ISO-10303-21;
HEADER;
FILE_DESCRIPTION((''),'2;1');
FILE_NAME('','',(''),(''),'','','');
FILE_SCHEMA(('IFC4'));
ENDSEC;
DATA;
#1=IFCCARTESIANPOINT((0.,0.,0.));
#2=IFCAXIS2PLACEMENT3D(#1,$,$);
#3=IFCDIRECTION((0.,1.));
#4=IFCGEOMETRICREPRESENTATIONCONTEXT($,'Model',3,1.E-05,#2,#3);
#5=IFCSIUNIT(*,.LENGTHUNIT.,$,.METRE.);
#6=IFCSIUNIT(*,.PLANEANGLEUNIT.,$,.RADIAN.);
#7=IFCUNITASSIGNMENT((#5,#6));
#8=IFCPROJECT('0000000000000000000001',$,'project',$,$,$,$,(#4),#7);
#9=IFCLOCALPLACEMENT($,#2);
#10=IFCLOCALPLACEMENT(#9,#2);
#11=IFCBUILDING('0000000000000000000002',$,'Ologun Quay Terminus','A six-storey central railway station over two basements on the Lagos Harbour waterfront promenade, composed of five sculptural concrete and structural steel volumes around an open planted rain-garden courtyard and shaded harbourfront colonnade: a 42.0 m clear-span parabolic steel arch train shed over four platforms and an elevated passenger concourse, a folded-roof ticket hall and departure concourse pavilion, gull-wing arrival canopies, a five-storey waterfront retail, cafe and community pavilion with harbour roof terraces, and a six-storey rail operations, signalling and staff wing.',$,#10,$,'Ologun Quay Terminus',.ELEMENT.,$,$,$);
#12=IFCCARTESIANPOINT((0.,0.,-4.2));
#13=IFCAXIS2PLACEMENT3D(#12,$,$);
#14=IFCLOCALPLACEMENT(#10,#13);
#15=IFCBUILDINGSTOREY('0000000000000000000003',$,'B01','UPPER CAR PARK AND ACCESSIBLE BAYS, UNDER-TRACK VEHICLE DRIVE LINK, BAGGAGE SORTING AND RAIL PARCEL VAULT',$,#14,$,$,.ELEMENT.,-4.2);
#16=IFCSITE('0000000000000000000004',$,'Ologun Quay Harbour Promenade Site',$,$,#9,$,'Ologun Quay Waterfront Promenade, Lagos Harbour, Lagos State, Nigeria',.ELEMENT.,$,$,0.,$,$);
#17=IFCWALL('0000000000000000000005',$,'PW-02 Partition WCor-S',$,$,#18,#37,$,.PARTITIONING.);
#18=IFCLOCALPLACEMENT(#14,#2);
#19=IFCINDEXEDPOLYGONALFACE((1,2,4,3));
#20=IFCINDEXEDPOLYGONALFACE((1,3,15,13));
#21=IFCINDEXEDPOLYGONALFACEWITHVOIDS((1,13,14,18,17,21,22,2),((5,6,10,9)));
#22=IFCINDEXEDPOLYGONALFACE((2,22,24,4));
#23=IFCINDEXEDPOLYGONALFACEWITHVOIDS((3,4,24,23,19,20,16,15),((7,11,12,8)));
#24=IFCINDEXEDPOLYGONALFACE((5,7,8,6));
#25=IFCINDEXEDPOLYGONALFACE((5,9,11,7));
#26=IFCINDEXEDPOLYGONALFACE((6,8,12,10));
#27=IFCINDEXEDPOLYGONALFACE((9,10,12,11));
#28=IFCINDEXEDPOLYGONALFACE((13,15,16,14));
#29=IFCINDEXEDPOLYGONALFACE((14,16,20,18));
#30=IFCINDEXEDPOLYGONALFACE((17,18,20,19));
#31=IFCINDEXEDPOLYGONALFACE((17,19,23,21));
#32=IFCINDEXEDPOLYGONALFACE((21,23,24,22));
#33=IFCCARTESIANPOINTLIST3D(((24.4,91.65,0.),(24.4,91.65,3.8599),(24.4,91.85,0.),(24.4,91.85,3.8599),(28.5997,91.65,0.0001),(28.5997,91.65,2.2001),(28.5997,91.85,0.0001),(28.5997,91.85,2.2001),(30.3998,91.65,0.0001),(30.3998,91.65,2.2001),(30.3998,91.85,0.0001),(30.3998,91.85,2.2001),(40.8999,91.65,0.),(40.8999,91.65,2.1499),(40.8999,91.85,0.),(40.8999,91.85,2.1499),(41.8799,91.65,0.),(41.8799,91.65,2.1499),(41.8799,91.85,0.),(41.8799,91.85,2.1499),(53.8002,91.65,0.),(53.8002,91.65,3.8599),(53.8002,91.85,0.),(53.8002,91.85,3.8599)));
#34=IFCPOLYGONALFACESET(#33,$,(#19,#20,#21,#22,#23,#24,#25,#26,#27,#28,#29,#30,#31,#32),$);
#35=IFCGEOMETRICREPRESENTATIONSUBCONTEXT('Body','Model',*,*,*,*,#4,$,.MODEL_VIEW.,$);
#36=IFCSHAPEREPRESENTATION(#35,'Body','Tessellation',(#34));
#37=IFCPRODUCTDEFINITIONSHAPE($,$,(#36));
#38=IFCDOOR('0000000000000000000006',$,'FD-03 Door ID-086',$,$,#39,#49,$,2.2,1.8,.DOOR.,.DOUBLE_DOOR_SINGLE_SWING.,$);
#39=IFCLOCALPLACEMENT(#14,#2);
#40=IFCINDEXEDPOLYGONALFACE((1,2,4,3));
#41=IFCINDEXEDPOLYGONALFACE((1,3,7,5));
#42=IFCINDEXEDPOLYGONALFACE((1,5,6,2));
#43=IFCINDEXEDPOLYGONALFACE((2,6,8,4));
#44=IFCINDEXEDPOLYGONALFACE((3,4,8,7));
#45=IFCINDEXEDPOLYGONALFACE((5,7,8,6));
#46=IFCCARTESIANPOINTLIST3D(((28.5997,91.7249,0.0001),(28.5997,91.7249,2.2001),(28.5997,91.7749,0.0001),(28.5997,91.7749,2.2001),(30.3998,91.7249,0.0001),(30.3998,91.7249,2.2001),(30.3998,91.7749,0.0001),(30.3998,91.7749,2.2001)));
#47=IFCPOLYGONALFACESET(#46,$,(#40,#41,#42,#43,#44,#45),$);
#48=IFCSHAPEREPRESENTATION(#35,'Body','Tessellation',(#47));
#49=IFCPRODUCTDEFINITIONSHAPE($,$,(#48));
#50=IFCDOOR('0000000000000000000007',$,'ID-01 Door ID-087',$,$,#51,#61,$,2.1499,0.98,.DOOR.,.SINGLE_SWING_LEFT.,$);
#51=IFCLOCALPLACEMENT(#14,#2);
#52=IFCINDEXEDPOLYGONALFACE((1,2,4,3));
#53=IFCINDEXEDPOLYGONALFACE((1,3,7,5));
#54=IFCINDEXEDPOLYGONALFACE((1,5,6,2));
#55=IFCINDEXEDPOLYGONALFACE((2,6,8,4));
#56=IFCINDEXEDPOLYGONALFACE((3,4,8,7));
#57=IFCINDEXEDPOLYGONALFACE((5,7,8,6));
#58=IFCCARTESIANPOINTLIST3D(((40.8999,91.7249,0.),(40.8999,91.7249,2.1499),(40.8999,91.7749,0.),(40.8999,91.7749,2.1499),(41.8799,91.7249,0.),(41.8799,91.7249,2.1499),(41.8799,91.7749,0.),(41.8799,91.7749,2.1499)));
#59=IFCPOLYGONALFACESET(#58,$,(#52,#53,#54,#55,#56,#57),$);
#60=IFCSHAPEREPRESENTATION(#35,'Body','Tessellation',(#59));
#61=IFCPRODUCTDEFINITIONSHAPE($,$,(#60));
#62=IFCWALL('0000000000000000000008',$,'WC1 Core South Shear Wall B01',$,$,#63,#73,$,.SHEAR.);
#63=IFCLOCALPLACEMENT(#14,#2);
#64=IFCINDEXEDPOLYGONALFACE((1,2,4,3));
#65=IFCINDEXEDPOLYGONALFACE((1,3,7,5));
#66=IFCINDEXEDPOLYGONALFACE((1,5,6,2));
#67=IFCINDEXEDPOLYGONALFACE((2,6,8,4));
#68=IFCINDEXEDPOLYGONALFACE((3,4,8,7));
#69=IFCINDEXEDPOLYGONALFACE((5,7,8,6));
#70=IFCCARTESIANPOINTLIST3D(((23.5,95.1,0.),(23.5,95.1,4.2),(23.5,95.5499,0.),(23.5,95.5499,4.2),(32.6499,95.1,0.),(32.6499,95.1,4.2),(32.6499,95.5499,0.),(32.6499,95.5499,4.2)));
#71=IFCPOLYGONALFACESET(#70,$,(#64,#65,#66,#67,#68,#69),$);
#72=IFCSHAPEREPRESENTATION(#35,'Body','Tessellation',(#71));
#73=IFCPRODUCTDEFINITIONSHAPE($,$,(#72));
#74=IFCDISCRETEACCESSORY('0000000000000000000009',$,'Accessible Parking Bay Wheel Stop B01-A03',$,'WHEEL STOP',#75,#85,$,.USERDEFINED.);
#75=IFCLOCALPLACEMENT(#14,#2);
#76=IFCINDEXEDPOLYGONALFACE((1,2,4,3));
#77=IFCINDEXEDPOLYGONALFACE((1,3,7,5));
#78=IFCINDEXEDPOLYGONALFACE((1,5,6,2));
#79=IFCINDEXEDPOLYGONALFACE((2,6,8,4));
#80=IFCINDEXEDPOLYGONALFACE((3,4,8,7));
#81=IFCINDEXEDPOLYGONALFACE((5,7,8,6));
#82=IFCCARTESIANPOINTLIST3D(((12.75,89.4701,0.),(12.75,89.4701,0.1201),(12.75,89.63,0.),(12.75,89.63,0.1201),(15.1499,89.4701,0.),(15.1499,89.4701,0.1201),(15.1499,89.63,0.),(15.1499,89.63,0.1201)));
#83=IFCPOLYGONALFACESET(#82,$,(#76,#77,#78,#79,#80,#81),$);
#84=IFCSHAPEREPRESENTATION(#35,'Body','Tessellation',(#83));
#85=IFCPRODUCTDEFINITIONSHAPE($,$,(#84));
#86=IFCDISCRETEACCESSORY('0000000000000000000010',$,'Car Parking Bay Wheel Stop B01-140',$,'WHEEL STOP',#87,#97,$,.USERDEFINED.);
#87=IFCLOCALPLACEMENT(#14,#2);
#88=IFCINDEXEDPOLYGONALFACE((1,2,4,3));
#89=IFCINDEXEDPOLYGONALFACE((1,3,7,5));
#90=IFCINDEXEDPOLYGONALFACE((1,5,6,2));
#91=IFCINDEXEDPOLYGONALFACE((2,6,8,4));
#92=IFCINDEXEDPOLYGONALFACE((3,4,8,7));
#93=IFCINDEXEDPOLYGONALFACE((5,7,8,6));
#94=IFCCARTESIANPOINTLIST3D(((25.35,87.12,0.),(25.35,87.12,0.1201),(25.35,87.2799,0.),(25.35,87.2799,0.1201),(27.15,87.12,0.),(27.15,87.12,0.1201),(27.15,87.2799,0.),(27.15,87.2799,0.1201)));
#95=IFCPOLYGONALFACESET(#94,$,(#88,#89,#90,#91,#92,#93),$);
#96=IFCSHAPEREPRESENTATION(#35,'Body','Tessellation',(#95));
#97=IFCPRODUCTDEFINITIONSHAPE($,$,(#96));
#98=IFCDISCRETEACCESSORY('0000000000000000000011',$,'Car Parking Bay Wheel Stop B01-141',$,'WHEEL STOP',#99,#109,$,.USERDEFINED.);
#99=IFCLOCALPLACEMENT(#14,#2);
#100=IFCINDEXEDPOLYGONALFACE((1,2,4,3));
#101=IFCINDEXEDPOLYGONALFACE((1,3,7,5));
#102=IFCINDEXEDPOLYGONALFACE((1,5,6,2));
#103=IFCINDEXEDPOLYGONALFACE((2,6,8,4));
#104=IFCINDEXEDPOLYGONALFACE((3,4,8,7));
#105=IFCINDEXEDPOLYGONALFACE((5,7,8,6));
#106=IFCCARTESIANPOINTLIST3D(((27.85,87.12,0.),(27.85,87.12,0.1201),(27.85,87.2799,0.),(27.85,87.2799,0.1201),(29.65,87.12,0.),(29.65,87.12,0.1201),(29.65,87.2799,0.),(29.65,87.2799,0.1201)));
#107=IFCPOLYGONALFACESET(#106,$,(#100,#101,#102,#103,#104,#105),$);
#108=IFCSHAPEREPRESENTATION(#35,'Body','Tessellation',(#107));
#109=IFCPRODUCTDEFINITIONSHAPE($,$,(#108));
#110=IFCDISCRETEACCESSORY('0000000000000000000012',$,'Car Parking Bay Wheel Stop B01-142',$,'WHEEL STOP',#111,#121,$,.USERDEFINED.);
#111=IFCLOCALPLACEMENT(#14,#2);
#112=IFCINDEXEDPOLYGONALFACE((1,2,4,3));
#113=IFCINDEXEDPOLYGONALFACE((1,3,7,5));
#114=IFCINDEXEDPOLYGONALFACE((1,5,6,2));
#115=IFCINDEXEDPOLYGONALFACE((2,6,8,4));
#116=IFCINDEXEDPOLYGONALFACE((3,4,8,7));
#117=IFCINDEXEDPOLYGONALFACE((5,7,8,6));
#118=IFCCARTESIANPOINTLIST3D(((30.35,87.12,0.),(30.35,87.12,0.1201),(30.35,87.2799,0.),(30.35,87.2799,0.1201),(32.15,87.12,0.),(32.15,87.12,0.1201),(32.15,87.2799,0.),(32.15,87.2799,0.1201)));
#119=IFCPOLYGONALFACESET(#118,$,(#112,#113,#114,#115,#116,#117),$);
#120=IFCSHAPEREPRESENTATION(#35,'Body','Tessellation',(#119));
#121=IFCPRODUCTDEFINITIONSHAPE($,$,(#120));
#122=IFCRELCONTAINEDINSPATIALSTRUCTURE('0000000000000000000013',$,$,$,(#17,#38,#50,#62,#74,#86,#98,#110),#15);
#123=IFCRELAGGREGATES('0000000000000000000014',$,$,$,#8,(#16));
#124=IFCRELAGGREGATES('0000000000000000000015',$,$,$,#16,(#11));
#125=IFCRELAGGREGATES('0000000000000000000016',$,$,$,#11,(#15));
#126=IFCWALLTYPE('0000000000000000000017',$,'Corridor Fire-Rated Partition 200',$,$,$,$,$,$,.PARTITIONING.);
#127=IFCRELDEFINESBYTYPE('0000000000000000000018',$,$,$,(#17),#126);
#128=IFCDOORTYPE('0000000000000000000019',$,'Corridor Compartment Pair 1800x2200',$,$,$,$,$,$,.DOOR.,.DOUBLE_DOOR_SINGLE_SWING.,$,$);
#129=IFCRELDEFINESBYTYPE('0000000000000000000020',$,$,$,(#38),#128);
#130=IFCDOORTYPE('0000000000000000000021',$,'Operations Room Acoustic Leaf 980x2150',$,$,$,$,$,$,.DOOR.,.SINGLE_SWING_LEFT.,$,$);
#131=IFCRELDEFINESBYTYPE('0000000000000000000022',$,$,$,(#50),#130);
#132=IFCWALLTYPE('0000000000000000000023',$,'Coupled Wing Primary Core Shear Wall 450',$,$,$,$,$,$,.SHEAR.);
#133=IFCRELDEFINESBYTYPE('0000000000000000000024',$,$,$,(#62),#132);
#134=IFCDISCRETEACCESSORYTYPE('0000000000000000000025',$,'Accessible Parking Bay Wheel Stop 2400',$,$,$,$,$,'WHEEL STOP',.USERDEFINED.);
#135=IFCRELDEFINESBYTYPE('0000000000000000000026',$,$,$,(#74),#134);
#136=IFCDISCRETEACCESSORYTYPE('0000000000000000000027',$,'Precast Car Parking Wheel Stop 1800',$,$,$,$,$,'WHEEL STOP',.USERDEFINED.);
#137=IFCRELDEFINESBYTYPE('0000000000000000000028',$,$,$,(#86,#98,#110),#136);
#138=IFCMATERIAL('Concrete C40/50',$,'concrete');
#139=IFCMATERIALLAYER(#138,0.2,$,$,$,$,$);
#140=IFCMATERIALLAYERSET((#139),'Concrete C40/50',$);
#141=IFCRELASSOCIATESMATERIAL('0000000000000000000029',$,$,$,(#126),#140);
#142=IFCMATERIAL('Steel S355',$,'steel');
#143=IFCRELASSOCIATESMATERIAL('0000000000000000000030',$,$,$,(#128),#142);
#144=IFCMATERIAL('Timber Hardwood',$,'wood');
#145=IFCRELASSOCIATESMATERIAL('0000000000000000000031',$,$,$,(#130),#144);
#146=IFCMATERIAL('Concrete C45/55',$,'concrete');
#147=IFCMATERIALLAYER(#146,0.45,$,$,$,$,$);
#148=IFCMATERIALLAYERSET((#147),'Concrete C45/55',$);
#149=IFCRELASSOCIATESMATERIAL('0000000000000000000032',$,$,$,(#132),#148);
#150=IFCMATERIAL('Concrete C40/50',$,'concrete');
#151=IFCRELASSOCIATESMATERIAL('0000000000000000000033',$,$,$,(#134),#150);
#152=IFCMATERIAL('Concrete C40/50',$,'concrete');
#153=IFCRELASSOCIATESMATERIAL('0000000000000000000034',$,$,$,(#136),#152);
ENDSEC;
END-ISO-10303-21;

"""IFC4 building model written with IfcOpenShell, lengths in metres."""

from ifc_helpers import new_model, si_unit, direction, frame, frame_2d, origin, origin_2d, place, context, subcontext, project, spatial, rectangle, extrude, material, layer, layer_set, type_object, element, fill, save


model = new_model("IFC4")

# Units and contexts
model_context = context("Model", 3, precision=1e-05, world=origin(), true_north=direction((0.0, 1.0)))
body_context = subcontext(model_context, "Body", "Model", "MODEL_VIEW")
ifc_project = project(units=[si_unit("LENGTHUNIT", "METRE"), si_unit("PLANEANGLEUNIT", "RADIAN")], contexts=[model_context])

# Site, building, storey
site_placement = place(None, origin())
site = spatial("IfcSite", under=ifc_project, at=site_placement, Name="Ologun Quay Harbour Promenade Site", LongName="Ologun Quay Waterfront Promenade, Lagos Harbour, Lagos State, Nigeria", CompositionType="ELEMENT", RefElevation=0.0)
building_placement = place(site_placement, origin())
building = spatial("IfcBuilding", under=site, at=building_placement, Name="Ologun Quay Terminus", Description="A six-storey central railway station over two basements on the Lagos Harbour waterfront promenade, composed of five sculptural concrete and structural steel volumes around an open planted rain-garden courtyard and shaded harbourfront colonnade: a 42.0 m clear-span parabolic steel arch train shed over four platforms and an elevated passenger concourse, a folded-roof ticket hall and departure concourse pavilion, gull-wing arrival canopies, a five-storey waterfront retail, cafe and community pavilion with harbour roof terraces, and a six-storey rail operations, signalling and staff wing.", LongName="Ologun Quay Terminus", CompositionType="ELEMENT")
storey_placement = place(building_placement, frame((0.0, 0.0, -4.2)))
storey = spatial("IfcBuildingStorey", under=building, at=storey_placement, Name="B01", Description="UPPER CAR PARK AND ACCESSIBLE BAYS, UNDER-TRACK VEHICLE DRIVE LINK, BAGGAGE SORTING AND RAIL PARCEL VAULT", CompositionType="ELEMENT", Elevation=-4.2)

# Wall, openings, doors
ifc_material_1 = material(Name="Concrete C40/50", Category="concrete")
ifc_layer_1 = layer(ifc_material_1, 0.2)
ifc_layer_set_1 = layer_set([ifc_layer_1], Name="Concrete C40/50")
wall_type_1 = type_object("IfcWallType", Name="Corridor Fire-Rated Partition 200", PredefinedType="PARTITIONING", material=ifc_layer_set_1)
wall_1_placement = place(storey_placement, frame((24.3999, 91.75, 0.0), z_axis=(0.0, 0.0, 1.0), x_axis=(1.0, 0.0, 0.0)))
wall_1 = element("IfcWall", 1, at=wall_1_placement, inside=storey, type_object=wall_type_1, Name="PW-02 Partition WCor-S", PredefinedType="PARTITIONING", context=body_context, shape_type="SweptSolid", body=[
    extrude(rectangle(XDim=29.4001, YDim=0.2, at=frame_2d((14.7002, 0.0))), origin(), (0.0, 0.0, 1.0), 3.8599),
])
opening_1_placement = place(wall_1_placement, frame((4.2, 0.0, 0.0)))
opening_1 = element("IfcOpeningElement", 2, at=opening_1_placement, cuts=wall_1, PredefinedType="OPENING", context=body_context, shape_type="SweptSolid", body=[
    extrude(rectangle(XDim=1.8, YDim=2.2, at=frame_2d((0.8999, 1.1001))), frame((0.0, 0.1099, 0.0), z_axis=(0.0, -1.0, 0.0), x_axis=(1.0, 0.0, 0.0)), (0.0, 0.0, 1.0), 0.22),
])
opening_2_placement = place(wall_1_placement, frame((16.5, 0.0, 0.0)))
opening_2 = element("IfcOpeningElement", 3, at=opening_2_placement, cuts=wall_1, PredefinedType="OPENING", context=body_context, shape_type="SweptSolid", body=[
    extrude(rectangle(XDim=0.98, YDim=2.1499, at=frame_2d((0.49, 1.075))), frame((0.0, 0.1099, 0.0), z_axis=(0.0, -1.0, 0.0), x_axis=(1.0, 0.0, 0.0)), (0.0, 0.0, 1.0), 0.22),
])
ifc_material_2 = material(Name="Steel S355", Category="steel")
door_type_1 = type_object("IfcDoorType", Name="Corridor Compartment Pair 1800x2200", OperationType="DOUBLE_DOOR_SINGLE_SWING", PredefinedType="DOOR", material=ifc_material_2)
door_1_placement = place(opening_1_placement, origin())
door_1 = element("IfcDoor", 4, at=door_1_placement, inside=storey, type_object=door_type_1, Name="FD-03 Door ID-086", OperationType="DOUBLE_DOOR_SINGLE_SWING", OverallHeight=2.2, OverallWidth=1.8, PredefinedType="DOOR", context=body_context, shape_type="SweptSolid", body=[
    extrude(rectangle(XDim=1.8, YDim=2.2, at=frame_2d((0.8999, 1.1001))), frame((0.0, 0.0249, 0.0), z_axis=(0.0, -1.0, 0.0), x_axis=(1.0, 0.0, 0.0)), (0.0, 0.0, 1.0), 0.05),
])
fill(opening_1, door_1)
ifc_material_3 = material(Name="Timber Hardwood", Category="wood")
door_type_2 = type_object("IfcDoorType", Name="Operations Room Acoustic Leaf 980x2150", OperationType="SINGLE_SWING_LEFT", PredefinedType="DOOR", material=ifc_material_3)
door_2_placement = place(opening_2_placement, origin())
door_2 = element("IfcDoor", 5, at=door_2_placement, inside=storey, type_object=door_type_2, Name="ID-01 Door ID-087", OperationType="SINGLE_SWING_LEFT", OverallHeight=2.1499, OverallWidth=0.98, PredefinedType="DOOR", context=body_context, shape_type="SweptSolid", body=[
    extrude(rectangle(XDim=0.98, YDim=2.1499, at=frame_2d((0.49, 1.075))), frame((0.0, 0.0249, 0.0), z_axis=(0.0, -1.0, 0.0), x_axis=(1.0, 0.0, 0.0)), (0.0, 0.0, 1.0), 0.05),
])
fill(opening_2, door_2)

# Wall
ifc_material_4 = material(Name="Concrete C45/55", Category="concrete")
ifc_layer_2 = layer(ifc_material_4, 0.45)
ifc_layer_set_2 = layer_set([ifc_layer_2], Name="Concrete C45/55")
wall_type_2 = type_object("IfcWallType", Name="Coupled Wing Primary Core Shear Wall 450", PredefinedType="SHEAR", material=ifc_layer_set_2)
wall_2_placement = place(storey_placement, frame((23.5, 95.325, 0.0), z_axis=(0.0, 0.0, 1.0), x_axis=(1.0, 0.0, 0.0)))
element("IfcWall", 6, at=wall_2_placement, inside=storey, type_object=wall_type_2, Name="WC1 Core South Shear Wall B01", PredefinedType="SHEAR", context=body_context, shape_type="SweptSolid", body=[
    extrude(rectangle(XDim=9.1499, YDim=0.45, at=frame_2d((4.575, 0.0))), origin(), (0.0, 0.0, 1.0), 4.2),
])

# Discrete accessories
ifc_material_5 = material(Name="Concrete C40/50", Category="concrete")
discrete_accessory_type_1 = type_object("IfcDiscreteAccessoryType", Name="Accessible Parking Bay Wheel Stop 2400", ElementType="WHEEL STOP", PredefinedType="USERDEFINED", material=ifc_material_5)
discrete_accessory_placement = place(storey_placement, frame((13.95, 89.55, 0.0), z_axis=(0.0, 0.0, 1.0), x_axis=(1.0, 0.0, 0.0)))
element("IfcDiscreteAccessory", 7, at=discrete_accessory_placement, inside=storey, type_object=discrete_accessory_type_1, Name="Accessible Parking Bay Wheel Stop B01-A03", ObjectType="WHEEL STOP", PredefinedType="USERDEFINED", context=body_context, shape_type="SweptSolid", body=[
    extrude(rectangle(XDim=2.3999, YDim=0.1599, at=origin_2d()), origin(), (0.0, 0.0, 1.0), 0.1201),
])
ifc_material_6 = material(Name="Concrete C40/50", Category="concrete")
discrete_accessory_type_2 = type_object("IfcDiscreteAccessoryType", Name="Precast Car Parking Wheel Stop 1800", ElementType="WHEEL STOP", PredefinedType="USERDEFINED", material=ifc_material_6)
for number, where, z_axis, x_axis, name in (
    (8, (26.25, 87.2, 0.0), (0.0, 0.0, 1.0), (1.0, 0.0, 0.0), "Car Parking Bay Wheel Stop B01-140"),
    (9, (28.75, 87.2, 0.0), (0.0, 0.0, 1.0), (1.0, 0.0, 0.0), "Car Parking Bay Wheel Stop B01-141"),
    (10, (31.25, 87.2, 0.0), (0.0, 0.0, 1.0), (1.0, 0.0, 0.0), "Car Parking Bay Wheel Stop B01-142"),
):
    element("IfcDiscreteAccessory", number, at=place(storey_placement, frame(where, z_axis=z_axis, x_axis=x_axis)), inside=storey, type_object=discrete_accessory_type_2, Name=name, ObjectType="WHEEL STOP", PredefinedType="USERDEFINED", context=body_context, shape_type="SweptSolid", body=[
        extrude(rectangle(XDim=1.8, YDim=0.1599, at=origin_2d()), origin(), (0.0, 0.0, 1.0), 0.1201),
    ])

save(model, "model.ifc")
